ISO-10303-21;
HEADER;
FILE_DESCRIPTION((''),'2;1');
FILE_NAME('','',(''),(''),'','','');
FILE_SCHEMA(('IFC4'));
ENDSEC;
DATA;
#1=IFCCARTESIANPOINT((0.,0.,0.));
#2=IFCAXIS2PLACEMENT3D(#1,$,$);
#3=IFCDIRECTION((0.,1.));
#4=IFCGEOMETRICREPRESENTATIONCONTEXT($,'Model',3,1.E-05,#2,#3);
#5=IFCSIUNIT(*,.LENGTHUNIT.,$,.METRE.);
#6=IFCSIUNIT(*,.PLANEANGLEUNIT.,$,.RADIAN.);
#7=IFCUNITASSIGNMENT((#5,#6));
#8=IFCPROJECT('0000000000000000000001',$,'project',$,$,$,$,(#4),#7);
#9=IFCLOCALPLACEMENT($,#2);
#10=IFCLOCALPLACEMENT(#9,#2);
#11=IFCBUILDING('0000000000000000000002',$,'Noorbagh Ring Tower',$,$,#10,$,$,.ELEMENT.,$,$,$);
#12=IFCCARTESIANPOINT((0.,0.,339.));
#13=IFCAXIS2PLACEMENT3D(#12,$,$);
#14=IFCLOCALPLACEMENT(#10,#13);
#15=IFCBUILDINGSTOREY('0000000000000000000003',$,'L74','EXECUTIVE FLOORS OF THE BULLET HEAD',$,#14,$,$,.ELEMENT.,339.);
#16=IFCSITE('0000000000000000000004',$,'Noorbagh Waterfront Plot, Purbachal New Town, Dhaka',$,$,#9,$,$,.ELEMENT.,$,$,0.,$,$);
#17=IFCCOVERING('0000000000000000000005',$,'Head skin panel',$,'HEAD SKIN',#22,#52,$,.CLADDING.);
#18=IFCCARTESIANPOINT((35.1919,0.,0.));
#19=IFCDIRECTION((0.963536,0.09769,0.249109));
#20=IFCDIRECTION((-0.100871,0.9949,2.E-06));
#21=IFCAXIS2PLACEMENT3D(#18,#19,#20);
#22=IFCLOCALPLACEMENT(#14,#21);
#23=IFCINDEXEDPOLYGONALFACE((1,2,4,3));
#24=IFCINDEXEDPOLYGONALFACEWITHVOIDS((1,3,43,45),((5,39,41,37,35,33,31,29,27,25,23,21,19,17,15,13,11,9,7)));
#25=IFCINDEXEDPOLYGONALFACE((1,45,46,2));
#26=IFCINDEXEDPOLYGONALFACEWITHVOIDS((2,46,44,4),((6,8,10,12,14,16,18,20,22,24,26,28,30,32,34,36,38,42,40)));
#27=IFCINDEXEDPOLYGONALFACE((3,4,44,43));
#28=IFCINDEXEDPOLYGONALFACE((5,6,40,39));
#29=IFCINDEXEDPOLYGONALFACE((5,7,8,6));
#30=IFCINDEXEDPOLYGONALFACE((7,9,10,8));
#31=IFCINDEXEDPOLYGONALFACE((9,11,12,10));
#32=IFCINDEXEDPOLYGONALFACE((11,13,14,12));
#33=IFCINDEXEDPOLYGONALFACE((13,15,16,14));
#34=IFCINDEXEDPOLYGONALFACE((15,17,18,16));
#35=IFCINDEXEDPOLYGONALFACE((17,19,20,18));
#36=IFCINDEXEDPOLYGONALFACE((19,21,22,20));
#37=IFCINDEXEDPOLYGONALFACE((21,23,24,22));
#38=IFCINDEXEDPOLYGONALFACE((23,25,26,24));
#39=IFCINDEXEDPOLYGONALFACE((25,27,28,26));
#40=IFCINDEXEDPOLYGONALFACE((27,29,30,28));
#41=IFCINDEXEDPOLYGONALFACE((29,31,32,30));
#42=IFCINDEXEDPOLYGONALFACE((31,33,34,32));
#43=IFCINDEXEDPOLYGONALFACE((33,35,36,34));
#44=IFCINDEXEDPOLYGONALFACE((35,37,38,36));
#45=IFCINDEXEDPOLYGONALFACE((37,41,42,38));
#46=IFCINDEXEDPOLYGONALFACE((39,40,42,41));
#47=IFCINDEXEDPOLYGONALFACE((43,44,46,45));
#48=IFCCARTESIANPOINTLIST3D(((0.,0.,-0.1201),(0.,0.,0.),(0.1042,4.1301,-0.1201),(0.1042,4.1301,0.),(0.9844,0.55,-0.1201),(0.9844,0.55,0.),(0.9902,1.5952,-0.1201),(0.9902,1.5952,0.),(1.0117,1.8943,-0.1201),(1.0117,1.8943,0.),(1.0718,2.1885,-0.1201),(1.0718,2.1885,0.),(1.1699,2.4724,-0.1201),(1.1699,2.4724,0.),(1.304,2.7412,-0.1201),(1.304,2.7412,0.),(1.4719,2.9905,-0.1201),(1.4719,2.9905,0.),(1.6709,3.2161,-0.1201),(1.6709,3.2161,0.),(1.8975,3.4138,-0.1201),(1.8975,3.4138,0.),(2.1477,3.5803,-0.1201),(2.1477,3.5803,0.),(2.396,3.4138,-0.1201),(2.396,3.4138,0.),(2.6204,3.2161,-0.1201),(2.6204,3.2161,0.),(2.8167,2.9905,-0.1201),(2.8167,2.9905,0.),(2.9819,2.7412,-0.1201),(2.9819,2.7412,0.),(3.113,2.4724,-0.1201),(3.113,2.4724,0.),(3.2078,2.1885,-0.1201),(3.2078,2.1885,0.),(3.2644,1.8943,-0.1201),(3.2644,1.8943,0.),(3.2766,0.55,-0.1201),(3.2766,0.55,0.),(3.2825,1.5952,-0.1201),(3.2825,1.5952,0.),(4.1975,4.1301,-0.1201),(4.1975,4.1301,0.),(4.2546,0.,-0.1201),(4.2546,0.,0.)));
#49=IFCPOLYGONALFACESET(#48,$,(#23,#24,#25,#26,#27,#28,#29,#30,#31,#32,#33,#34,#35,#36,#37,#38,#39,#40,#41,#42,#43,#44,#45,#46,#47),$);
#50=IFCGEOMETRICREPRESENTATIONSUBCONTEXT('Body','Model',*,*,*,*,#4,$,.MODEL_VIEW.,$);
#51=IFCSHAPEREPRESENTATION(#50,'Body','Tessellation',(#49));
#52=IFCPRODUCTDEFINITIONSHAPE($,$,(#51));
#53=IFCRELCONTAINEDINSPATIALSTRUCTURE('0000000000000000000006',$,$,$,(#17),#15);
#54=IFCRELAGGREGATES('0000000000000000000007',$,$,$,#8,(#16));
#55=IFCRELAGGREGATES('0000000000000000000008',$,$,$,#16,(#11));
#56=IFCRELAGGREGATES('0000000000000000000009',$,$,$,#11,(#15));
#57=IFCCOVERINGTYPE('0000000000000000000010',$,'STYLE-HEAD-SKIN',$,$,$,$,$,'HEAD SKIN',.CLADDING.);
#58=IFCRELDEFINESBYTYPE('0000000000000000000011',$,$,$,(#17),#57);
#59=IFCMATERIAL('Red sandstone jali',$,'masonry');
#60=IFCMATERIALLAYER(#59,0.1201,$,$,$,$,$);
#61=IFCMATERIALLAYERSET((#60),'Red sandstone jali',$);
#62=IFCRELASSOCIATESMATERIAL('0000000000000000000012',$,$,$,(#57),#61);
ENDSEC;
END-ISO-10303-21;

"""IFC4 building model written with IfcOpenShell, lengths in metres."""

from ifc_helpers import new_model, si_unit, direction, frame, origin, place, context, subcontext, project, spatial, polyline, outline, extrude, material, layer, layer_set, type_object, element, save


model = new_model("IFC4")

# Units and contexts
model_context = context("Model", 3, precision=1e-05, world=origin(), true_north=direction((0.0, 1.0)))
body_context = subcontext(model_context, "Body", "Model", "MODEL_VIEW")
ifc_project = project(units=[si_unit("LENGTHUNIT", "METRE"), si_unit("PLANEANGLEUNIT", "RADIAN")], contexts=[model_context])

# Site, building, storey
site_placement = place(None, origin())
site = spatial("IfcSite", under=ifc_project, at=site_placement, Name="Noorbagh Waterfront Plot, Purbachal New Town, Dhaka", CompositionType="ELEMENT", RefElevation=0.0)
building_placement = place(site_placement, origin())
building = spatial("IfcBuilding", under=site, at=building_placement, Name="Noorbagh Ring Tower", CompositionType="ELEMENT")
storey_placement = place(building_placement, frame((0.0, 0.0, 339.0)))
storey = spatial("IfcBuildingStorey", under=building, at=storey_placement, Name="L74", Description="EXECUTIVE FLOORS OF THE BULLET HEAD", CompositionType="ELEMENT", Elevation=339.0)

# Covering
ifc_material_1 = material(Name="Red sandstone jali", Category="masonry")
ifc_layer_1 = layer(ifc_material_1, 0.1201)
ifc_layer_set_1 = layer_set([ifc_layer_1], Name="Red sandstone jali")
covering_type_1 = type_object("IfcCoveringType", Name="STYLE-HEAD-SKIN", ElementType="HEAD SKIN", PredefinedType="CLADDING", material=ifc_layer_set_1)
covering_1_placement = place(storey_placement, frame((35.1919, 0.0, 0.0), z_axis=(0.963536, 0.09769, 0.249109), x_axis=(-0.100871, 0.9949, 0.000002)))
element("IfcCovering", 1, at=covering_1_placement, inside=storey, type_object=covering_type_1, Name="Head skin panel", ObjectType="HEAD SKIN", PredefinedType="CLADDING", context=body_context, shape_type="SweptSolid", body=[
    extrude(outline(polyline([(0.0, 0.0), (4.2546, 0.0), (4.1975, 4.1301), (0.1042, 4.1301), (0.0, 0.0)]), holes=[polyline([(0.9844, 0.55), (0.9902, 1.5952), (1.0117, 1.8943), (1.0718, 2.1885), (1.1699, 2.4724), (1.304, 2.7412), (1.4719, 2.9905), (1.6709, 3.2161), (1.8975, 3.4138), (2.1477, 3.5803), (2.396, 3.4138), (2.6204, 3.2161), (2.8167, 2.9905), (2.9819, 2.7412), (3.113, 2.4724), (3.2078, 2.1885), (3.2644, 1.8943), (3.2825, 1.5952), (3.2766, 0.55), (0.9844, 0.55)])]), origin(), (0.0, 0.0, -1.0), 0.1201),
])

save(model, "model.ifc")
